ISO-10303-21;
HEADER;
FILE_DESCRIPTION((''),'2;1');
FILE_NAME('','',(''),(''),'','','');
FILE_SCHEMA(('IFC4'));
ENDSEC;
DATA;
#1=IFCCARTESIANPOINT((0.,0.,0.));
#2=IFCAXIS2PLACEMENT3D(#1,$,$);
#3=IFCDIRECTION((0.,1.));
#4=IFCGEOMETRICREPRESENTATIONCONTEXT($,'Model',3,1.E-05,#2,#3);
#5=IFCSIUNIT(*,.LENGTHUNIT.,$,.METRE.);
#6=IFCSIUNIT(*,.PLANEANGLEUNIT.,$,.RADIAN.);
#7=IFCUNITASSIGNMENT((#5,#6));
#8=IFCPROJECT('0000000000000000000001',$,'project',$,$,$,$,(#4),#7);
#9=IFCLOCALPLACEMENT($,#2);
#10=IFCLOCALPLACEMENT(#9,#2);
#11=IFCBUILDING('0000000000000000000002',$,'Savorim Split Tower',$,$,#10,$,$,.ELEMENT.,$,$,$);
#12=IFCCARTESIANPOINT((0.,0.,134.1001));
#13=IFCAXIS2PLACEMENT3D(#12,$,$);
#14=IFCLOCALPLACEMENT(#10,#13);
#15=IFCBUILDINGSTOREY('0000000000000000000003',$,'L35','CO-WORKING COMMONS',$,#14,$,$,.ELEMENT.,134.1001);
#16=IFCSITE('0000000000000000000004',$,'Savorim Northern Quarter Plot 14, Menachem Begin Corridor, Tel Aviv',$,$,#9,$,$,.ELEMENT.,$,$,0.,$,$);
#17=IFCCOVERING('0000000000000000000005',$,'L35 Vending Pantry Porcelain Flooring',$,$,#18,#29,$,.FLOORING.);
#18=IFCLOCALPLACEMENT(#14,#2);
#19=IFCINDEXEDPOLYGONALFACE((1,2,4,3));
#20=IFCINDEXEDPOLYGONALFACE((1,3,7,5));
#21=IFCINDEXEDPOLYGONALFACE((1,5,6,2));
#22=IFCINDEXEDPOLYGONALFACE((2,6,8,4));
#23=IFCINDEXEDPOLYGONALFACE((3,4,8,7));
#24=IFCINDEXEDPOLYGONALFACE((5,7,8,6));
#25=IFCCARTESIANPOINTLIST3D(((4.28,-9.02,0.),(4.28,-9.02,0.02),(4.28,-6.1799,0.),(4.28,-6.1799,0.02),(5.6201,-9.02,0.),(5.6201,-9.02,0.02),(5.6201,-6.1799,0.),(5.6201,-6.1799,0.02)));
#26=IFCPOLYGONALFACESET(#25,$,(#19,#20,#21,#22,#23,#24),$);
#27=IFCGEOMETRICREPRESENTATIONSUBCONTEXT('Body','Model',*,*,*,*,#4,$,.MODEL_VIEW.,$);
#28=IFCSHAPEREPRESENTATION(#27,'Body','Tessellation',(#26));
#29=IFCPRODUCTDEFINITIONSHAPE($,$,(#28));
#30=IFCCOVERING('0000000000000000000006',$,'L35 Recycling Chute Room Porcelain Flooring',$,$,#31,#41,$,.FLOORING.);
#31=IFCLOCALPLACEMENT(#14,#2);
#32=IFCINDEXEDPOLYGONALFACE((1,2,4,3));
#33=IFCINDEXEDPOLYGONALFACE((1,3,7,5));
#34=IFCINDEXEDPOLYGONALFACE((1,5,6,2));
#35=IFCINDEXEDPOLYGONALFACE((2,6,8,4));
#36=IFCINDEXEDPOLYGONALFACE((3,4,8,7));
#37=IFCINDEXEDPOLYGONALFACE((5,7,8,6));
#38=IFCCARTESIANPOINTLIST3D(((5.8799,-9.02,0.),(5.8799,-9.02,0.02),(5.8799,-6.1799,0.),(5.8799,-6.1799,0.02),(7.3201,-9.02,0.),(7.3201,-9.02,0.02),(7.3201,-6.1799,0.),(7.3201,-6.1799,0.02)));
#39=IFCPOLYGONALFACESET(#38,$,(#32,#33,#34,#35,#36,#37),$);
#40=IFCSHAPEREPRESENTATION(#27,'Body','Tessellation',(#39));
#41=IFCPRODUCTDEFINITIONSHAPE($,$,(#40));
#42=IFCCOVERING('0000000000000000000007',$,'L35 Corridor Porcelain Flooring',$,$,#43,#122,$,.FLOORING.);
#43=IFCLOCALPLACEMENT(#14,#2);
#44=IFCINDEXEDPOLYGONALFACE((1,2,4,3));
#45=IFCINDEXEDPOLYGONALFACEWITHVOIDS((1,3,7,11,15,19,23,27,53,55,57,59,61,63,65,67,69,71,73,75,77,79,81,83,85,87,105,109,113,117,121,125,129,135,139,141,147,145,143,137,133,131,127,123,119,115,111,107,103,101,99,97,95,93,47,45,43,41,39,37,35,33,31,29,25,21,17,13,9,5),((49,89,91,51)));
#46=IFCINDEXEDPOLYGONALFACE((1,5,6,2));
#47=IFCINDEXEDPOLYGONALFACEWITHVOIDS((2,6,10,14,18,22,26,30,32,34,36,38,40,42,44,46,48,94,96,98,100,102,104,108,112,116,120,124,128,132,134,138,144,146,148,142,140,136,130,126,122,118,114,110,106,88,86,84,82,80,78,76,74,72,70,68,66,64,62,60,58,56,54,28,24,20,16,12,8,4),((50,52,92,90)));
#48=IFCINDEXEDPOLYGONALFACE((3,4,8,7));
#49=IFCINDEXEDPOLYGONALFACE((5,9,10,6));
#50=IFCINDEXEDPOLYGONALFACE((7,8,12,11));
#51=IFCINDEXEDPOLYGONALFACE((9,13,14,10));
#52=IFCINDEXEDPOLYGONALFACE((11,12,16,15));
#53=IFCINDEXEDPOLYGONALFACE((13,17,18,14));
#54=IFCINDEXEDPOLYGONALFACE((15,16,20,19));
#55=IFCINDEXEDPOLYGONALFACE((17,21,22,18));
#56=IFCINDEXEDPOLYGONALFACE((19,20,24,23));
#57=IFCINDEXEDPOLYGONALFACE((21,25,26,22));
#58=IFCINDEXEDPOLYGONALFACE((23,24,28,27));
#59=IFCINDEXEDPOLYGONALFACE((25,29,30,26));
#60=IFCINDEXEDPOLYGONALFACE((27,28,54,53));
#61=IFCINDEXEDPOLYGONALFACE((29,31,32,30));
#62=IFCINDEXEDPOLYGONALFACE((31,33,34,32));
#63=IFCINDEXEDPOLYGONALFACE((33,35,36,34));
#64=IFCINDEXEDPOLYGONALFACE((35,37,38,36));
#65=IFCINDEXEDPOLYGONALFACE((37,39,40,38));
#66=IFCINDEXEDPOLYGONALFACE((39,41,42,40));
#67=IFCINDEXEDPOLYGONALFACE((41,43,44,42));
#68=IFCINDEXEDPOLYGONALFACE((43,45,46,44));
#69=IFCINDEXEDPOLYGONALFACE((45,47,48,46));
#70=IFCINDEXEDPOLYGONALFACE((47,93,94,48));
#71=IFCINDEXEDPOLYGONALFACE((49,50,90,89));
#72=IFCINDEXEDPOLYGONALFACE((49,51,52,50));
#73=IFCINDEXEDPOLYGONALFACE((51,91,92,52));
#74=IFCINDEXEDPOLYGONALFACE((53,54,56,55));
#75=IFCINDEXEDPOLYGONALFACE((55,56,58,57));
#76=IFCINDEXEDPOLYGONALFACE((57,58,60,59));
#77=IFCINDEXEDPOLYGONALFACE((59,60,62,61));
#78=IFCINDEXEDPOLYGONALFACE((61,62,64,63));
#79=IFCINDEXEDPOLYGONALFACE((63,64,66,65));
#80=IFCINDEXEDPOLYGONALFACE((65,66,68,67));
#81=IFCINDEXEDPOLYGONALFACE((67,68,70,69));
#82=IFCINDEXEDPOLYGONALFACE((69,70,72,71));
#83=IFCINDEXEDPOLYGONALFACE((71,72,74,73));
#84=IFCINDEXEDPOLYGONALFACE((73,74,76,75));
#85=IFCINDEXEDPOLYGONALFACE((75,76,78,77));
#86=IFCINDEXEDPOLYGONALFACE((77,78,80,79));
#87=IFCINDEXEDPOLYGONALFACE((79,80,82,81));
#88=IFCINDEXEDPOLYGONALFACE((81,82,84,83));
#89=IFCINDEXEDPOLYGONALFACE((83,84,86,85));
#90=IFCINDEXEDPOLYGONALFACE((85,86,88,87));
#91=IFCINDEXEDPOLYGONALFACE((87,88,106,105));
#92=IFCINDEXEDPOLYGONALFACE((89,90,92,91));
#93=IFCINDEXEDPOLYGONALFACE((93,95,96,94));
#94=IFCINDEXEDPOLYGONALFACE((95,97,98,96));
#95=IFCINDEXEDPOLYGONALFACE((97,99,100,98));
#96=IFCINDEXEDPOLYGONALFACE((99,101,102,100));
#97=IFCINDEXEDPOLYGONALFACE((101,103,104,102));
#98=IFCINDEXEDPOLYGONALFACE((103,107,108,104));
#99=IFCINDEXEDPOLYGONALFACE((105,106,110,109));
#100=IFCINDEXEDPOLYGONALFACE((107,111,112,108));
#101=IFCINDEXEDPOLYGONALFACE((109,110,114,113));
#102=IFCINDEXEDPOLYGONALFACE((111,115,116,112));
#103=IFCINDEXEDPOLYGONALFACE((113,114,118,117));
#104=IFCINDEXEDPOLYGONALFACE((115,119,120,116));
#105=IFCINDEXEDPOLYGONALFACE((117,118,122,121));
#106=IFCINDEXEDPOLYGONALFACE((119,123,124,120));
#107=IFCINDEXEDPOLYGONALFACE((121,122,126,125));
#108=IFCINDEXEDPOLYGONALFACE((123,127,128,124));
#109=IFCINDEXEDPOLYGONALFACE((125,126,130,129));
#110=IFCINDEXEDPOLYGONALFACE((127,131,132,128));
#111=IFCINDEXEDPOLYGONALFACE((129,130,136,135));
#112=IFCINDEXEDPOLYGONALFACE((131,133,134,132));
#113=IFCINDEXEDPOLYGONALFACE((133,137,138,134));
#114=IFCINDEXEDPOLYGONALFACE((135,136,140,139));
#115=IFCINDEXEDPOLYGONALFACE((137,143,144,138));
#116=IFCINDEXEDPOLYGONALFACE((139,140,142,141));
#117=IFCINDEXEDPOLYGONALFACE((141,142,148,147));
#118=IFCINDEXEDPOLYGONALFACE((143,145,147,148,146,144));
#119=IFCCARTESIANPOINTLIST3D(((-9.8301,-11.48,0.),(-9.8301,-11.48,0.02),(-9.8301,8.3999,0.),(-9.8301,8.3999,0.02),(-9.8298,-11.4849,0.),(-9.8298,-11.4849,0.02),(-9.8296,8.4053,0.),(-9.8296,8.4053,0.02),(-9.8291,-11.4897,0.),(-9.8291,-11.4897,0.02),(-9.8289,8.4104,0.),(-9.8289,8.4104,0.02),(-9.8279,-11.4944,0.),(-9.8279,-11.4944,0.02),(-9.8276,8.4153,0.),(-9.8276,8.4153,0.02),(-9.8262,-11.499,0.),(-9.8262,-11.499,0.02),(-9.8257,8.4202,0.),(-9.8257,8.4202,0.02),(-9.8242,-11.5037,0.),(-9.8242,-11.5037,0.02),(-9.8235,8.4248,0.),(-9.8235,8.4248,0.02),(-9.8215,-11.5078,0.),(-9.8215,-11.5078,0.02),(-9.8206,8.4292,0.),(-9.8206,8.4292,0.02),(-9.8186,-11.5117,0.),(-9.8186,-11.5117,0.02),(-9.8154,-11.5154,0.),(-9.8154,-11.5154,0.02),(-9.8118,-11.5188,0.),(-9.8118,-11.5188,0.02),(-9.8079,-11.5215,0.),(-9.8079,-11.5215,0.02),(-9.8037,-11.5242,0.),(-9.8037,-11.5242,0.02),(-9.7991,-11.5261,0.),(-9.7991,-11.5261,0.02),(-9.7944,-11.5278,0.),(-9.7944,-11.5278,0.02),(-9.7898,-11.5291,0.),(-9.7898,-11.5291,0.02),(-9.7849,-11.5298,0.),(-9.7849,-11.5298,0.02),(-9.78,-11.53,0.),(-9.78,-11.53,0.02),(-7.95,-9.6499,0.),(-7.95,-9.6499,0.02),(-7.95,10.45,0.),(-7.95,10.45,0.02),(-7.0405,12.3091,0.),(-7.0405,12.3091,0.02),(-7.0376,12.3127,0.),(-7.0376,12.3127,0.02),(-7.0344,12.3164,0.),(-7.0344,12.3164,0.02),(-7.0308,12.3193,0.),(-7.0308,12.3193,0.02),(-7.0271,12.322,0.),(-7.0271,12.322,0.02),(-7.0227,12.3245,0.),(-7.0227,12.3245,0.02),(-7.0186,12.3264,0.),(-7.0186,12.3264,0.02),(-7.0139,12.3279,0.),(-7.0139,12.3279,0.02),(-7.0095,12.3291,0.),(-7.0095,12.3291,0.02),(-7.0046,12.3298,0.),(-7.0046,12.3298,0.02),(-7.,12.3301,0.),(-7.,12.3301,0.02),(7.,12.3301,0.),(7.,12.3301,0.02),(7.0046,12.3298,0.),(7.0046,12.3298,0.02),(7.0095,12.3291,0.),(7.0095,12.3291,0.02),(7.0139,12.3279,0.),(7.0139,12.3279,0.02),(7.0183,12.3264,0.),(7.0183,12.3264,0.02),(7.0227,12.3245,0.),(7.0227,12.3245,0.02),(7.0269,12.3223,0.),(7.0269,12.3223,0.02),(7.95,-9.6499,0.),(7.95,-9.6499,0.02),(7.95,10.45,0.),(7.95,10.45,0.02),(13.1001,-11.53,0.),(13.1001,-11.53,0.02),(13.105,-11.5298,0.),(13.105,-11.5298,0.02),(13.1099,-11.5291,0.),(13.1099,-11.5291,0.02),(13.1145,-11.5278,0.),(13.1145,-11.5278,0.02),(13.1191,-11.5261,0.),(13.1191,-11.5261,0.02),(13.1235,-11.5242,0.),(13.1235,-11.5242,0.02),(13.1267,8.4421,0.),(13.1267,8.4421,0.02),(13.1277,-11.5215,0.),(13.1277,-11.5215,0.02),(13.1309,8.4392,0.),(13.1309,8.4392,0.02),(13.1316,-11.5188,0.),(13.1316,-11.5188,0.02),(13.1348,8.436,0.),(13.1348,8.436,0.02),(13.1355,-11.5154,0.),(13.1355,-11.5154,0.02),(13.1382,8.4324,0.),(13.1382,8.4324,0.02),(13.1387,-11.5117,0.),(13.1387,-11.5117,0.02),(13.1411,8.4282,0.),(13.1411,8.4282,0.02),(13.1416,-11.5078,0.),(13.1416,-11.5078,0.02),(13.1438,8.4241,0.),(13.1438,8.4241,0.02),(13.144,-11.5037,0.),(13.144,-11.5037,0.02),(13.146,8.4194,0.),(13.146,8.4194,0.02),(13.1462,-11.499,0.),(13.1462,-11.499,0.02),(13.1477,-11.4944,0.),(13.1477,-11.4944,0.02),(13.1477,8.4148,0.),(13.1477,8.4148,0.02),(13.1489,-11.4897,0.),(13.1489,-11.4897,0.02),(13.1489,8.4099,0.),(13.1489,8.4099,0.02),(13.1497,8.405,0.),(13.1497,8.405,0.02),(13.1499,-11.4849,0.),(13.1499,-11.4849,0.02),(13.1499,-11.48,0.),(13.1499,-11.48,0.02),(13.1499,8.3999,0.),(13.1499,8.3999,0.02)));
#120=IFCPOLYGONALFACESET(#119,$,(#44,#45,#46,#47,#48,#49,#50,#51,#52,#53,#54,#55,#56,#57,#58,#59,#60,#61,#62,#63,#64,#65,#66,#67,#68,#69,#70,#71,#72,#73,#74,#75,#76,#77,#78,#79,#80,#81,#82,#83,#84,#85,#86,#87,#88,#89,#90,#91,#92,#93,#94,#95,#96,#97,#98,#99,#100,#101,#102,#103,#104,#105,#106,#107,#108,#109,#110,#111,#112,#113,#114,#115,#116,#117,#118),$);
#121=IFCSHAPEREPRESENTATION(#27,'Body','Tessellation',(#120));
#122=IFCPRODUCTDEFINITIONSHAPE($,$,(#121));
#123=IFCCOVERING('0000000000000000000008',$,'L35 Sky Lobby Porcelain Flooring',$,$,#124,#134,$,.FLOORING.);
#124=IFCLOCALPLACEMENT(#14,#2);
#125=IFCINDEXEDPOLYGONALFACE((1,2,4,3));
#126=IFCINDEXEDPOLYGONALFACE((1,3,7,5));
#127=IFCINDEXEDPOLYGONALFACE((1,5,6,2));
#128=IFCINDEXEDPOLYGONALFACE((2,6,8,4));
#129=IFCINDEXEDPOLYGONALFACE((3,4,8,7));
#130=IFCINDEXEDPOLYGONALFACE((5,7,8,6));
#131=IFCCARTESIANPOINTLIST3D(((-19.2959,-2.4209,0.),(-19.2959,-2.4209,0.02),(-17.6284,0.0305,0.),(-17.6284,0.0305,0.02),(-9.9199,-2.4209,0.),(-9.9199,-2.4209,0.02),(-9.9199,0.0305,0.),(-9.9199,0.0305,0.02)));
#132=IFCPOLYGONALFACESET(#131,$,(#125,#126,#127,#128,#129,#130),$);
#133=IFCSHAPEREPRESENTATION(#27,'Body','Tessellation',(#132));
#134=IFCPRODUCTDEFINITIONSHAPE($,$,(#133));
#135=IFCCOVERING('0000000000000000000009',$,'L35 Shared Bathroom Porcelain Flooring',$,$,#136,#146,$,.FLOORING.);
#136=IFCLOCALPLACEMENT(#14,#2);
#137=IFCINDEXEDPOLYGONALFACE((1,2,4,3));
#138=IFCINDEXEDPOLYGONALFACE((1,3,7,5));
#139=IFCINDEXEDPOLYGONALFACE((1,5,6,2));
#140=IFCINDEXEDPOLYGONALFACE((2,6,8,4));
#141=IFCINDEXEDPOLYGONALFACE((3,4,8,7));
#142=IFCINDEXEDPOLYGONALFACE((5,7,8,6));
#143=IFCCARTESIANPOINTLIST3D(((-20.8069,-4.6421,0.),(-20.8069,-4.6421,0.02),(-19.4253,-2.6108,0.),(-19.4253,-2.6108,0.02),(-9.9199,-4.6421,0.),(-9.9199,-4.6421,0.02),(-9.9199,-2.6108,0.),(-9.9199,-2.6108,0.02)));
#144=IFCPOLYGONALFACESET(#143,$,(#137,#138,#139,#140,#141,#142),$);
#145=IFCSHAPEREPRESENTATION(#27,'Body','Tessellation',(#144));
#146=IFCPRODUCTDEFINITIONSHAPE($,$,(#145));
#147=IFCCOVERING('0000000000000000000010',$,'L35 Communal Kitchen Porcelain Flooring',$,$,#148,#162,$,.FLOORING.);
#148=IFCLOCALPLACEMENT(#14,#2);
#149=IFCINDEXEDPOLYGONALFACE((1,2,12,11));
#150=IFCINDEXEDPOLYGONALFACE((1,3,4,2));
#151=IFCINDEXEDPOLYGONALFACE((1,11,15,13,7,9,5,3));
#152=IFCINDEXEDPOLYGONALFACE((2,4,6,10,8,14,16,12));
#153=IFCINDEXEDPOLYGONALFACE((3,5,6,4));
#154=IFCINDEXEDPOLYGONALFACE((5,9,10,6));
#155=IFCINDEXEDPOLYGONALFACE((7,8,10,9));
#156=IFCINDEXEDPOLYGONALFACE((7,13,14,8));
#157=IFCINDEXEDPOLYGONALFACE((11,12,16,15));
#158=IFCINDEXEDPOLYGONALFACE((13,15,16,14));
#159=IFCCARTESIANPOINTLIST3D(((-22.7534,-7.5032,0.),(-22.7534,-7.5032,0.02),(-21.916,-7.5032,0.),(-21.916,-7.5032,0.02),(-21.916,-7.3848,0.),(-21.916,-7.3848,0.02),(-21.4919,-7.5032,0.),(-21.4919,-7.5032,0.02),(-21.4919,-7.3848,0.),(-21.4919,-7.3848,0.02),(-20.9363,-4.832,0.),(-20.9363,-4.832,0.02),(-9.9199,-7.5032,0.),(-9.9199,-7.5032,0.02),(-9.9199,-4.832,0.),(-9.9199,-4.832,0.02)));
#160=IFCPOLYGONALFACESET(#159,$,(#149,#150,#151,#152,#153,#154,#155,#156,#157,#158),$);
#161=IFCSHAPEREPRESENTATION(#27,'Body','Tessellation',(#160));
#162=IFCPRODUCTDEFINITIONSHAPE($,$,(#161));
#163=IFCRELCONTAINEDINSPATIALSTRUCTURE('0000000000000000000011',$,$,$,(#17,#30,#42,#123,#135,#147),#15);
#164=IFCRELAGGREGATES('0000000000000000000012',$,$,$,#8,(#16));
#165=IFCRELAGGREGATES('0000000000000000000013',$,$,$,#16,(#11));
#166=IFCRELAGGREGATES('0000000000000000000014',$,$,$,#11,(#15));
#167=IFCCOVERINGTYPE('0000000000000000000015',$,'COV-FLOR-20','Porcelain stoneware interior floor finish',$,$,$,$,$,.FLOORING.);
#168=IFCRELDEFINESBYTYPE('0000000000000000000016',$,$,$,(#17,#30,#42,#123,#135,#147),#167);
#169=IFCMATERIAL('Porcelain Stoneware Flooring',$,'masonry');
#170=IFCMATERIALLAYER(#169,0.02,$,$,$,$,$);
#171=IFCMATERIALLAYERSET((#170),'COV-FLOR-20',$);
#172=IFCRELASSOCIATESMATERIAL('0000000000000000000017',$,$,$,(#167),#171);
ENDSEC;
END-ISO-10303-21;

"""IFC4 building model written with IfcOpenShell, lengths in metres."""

from ifc_helpers import new_model, si_unit, direction, frame, origin, place, context, subcontext, project, spatial, polyline, outline, extrude, material, layer, layer_set, type_object, element, save


model = new_model("IFC4")

# Units and contexts
model_context = context("Model", 3, precision=1e-05, world=origin(), true_north=direction((0.0, 1.0)))
body_context = subcontext(model_context, "Body", "Model", "MODEL_VIEW")
ifc_project = project(units=[si_unit("LENGTHUNIT", "METRE"), si_unit("PLANEANGLEUNIT", "RADIAN")], contexts=[model_context])

# Site, building, storey
site_placement = place(None, origin())
site = spatial("IfcSite", under=ifc_project, at=site_placement, Name="Savorim Northern Quarter Plot 14, Menachem Begin Corridor, Tel Aviv", CompositionType="ELEMENT", RefElevation=0.0)
building_placement = place(site_placement, origin())
building = spatial("IfcBuilding", under=site, at=building_placement, Name="Savorim Split Tower", CompositionType="ELEMENT")
storey_placement = place(building_placement, frame((0.0, 0.0, 134.1001)))
storey = spatial("IfcBuildingStorey", under=building, at=storey_placement, Name="L35", Description="CO-WORKING COMMONS", CompositionType="ELEMENT", Elevation=134.1001)

# Coverings
ifc_material_1 = material(Name="Porcelain Stoneware Flooring", Category="masonry")
ifc_layer_1 = layer(ifc_material_1, 0.02)
ifc_layer_set_1 = layer_set([ifc_layer_1], Name="COV-FLOR-20")
covering_type_1 = type_object("IfcCoveringType", Name="COV-FLOR-20", Description="Porcelain stoneware interior floor finish", PredefinedType="FLOORING", material=ifc_layer_set_1)
covering_1_placement = place(storey_placement, origin())
element("IfcCovering", 1, at=covering_1_placement, inside=storey, type_object=covering_type_1, Name="L35 Vending Pantry Porcelain Flooring", PredefinedType="FLOORING", context=body_context, shape_type="SweptSolid", body=[
    extrude(outline(polyline([(4.28, -6.1799), (4.28, -9.02), (5.6201, -9.02), (5.6201, -6.1799), (4.28, -6.1799)])), origin(), (0.0, 0.0, 1.0), 0.02),
])
covering_2_placement = place(storey_placement, origin())
element("IfcCovering", 2, at=covering_2_placement, inside=storey, type_object=covering_type_1, Name="L35 Recycling Chute Room Porcelain Flooring", PredefinedType="FLOORING", context=body_context, shape_type="SweptSolid", body=[
    extrude(outline(polyline([(5.8799, -6.1799), (5.8799, -9.02), (7.3201, -9.02), (7.3201, -6.1799), (5.8799, -6.1799)])), origin(), (0.0, 0.0, 1.0), 0.02),
])
covering_3_placement = place(storey_placement, origin())
element("IfcCovering", 3, at=covering_3_placement, inside=storey, type_object=covering_type_1, Name="L35 Corridor Porcelain Flooring", PredefinedType="FLOORING", context=body_context, shape_type="SweptSolid", body=[
    extrude(outline(polyline([(7.0095, 12.3291), (7.0046, 12.3298), (7.0, 12.3301), (-7.0, 12.3301), (-7.0046, 12.3298), (-7.0095, 12.3291), (-7.0139, 12.3279), (-7.0186, 12.3264), (-7.0227, 12.3245), (-7.0271, 12.322), (-7.0308, 12.3193), (-7.0344, 12.3164), (-7.0376, 12.3127), (-7.0405, 12.3091), (-9.8206, 8.4292), (-9.8235, 8.4248), (-9.8257, 8.4202), (-9.8276, 8.4153), (-9.8289, 8.4104), (-9.8296, 8.4053), (-9.8301, 8.3999), (-9.8301, -11.48), (-9.8298, -11.4849), (-9.8291, -11.4897), (-9.8279, -11.4944), (-9.8262, -11.499), (-9.8242, -11.5037), (-9.8215, -11.5078), (-9.8186, -11.5117), (-9.8154, -11.5154), (-9.8118, -11.5188), (-9.8079, -11.5215), (-9.8037, -11.5242), (-9.7991, -11.5261), (-9.7944, -11.5278), (-9.7898, -11.5291), (-9.7849, -11.5298), (-9.78, -11.53), (13.1001, -11.53), (13.105, -11.5298), (13.1099, -11.5291), (13.1145, -11.5278), (13.1191, -11.5261), (13.1235, -11.5242), (13.1277, -11.5215), (13.1316, -11.5188), (13.1355, -11.5154), (13.1387, -11.5117), (13.1416, -11.5078), (13.144, -11.5037), (13.1462, -11.499), (13.1477, -11.4944), (13.1489, -11.4897), (13.1499, -11.4849), (13.1499, -11.48), (13.1499, 8.3999), (13.1497, 8.405), (13.1489, 8.4099), (13.1477, 8.4148), (13.146, 8.4194), (13.1438, 8.4241), (13.1411, 8.4282), (13.1382, 8.4324), (13.1348, 8.436), (13.1309, 8.4392), (13.1267, 8.4421), (7.0269, 12.3223), (7.0227, 12.3245), (7.0183, 12.3264), (7.0139, 12.3279), (7.0095, 12.3291)]), holes=[polyline([(-7.95, 10.45), (-7.95, -9.6499), (7.95, -9.6499), (7.95, 10.45), (-7.95, 10.45)])]), origin(), (0.0, 0.0, 1.0), 0.02),
])
covering_4_placement = place(storey_placement, origin())
element("IfcCovering", 4, at=covering_4_placement, inside=storey, type_object=covering_type_1, Name="L35 Sky Lobby Porcelain Flooring", PredefinedType="FLOORING", context=body_context, shape_type="SweptSolid", body=[
    extrude(outline(polyline([(-17.6284, 0.0305), (-19.2959, -2.4209), (-9.9199, -2.4209), (-9.9199, 0.0305), (-17.6284, 0.0305)])), origin(), (0.0, 0.0, 1.0), 0.02),
])
covering_5_placement = place(storey_placement, origin())
element("IfcCovering", 5, at=covering_5_placement, inside=storey, type_object=covering_type_1, Name="L35 Shared Bathroom Porcelain Flooring", PredefinedType="FLOORING", context=body_context, shape_type="SweptSolid", body=[
    extrude(outline(polyline([(-19.4253, -2.6108), (-20.8069, -4.6421), (-9.9199, -4.6421), (-9.9199, -2.6108), (-19.4253, -2.6108)])), origin(), (0.0, 0.0, 1.0), 0.02),
])
covering_6_placement = place(storey_placement, origin())
element("IfcCovering", 6, at=covering_6_placement, inside=storey, type_object=covering_type_1, Name="L35 Communal Kitchen Porcelain Flooring", PredefinedType="FLOORING", context=body_context, shape_type="SweptSolid", body=[
    extrude(outline(polyline([(-21.4919, -7.3848), (-21.4919, -7.5032), (-9.9199, -7.5032), (-9.9199, -4.832), (-20.9363, -4.832), (-22.7534, -7.5032), (-21.916, -7.5032), (-21.916, -7.3848), (-21.4919, -7.3848)])), origin(), (0.0, 0.0, 1.0), 0.02),
])

save(model, "model.ifc")
